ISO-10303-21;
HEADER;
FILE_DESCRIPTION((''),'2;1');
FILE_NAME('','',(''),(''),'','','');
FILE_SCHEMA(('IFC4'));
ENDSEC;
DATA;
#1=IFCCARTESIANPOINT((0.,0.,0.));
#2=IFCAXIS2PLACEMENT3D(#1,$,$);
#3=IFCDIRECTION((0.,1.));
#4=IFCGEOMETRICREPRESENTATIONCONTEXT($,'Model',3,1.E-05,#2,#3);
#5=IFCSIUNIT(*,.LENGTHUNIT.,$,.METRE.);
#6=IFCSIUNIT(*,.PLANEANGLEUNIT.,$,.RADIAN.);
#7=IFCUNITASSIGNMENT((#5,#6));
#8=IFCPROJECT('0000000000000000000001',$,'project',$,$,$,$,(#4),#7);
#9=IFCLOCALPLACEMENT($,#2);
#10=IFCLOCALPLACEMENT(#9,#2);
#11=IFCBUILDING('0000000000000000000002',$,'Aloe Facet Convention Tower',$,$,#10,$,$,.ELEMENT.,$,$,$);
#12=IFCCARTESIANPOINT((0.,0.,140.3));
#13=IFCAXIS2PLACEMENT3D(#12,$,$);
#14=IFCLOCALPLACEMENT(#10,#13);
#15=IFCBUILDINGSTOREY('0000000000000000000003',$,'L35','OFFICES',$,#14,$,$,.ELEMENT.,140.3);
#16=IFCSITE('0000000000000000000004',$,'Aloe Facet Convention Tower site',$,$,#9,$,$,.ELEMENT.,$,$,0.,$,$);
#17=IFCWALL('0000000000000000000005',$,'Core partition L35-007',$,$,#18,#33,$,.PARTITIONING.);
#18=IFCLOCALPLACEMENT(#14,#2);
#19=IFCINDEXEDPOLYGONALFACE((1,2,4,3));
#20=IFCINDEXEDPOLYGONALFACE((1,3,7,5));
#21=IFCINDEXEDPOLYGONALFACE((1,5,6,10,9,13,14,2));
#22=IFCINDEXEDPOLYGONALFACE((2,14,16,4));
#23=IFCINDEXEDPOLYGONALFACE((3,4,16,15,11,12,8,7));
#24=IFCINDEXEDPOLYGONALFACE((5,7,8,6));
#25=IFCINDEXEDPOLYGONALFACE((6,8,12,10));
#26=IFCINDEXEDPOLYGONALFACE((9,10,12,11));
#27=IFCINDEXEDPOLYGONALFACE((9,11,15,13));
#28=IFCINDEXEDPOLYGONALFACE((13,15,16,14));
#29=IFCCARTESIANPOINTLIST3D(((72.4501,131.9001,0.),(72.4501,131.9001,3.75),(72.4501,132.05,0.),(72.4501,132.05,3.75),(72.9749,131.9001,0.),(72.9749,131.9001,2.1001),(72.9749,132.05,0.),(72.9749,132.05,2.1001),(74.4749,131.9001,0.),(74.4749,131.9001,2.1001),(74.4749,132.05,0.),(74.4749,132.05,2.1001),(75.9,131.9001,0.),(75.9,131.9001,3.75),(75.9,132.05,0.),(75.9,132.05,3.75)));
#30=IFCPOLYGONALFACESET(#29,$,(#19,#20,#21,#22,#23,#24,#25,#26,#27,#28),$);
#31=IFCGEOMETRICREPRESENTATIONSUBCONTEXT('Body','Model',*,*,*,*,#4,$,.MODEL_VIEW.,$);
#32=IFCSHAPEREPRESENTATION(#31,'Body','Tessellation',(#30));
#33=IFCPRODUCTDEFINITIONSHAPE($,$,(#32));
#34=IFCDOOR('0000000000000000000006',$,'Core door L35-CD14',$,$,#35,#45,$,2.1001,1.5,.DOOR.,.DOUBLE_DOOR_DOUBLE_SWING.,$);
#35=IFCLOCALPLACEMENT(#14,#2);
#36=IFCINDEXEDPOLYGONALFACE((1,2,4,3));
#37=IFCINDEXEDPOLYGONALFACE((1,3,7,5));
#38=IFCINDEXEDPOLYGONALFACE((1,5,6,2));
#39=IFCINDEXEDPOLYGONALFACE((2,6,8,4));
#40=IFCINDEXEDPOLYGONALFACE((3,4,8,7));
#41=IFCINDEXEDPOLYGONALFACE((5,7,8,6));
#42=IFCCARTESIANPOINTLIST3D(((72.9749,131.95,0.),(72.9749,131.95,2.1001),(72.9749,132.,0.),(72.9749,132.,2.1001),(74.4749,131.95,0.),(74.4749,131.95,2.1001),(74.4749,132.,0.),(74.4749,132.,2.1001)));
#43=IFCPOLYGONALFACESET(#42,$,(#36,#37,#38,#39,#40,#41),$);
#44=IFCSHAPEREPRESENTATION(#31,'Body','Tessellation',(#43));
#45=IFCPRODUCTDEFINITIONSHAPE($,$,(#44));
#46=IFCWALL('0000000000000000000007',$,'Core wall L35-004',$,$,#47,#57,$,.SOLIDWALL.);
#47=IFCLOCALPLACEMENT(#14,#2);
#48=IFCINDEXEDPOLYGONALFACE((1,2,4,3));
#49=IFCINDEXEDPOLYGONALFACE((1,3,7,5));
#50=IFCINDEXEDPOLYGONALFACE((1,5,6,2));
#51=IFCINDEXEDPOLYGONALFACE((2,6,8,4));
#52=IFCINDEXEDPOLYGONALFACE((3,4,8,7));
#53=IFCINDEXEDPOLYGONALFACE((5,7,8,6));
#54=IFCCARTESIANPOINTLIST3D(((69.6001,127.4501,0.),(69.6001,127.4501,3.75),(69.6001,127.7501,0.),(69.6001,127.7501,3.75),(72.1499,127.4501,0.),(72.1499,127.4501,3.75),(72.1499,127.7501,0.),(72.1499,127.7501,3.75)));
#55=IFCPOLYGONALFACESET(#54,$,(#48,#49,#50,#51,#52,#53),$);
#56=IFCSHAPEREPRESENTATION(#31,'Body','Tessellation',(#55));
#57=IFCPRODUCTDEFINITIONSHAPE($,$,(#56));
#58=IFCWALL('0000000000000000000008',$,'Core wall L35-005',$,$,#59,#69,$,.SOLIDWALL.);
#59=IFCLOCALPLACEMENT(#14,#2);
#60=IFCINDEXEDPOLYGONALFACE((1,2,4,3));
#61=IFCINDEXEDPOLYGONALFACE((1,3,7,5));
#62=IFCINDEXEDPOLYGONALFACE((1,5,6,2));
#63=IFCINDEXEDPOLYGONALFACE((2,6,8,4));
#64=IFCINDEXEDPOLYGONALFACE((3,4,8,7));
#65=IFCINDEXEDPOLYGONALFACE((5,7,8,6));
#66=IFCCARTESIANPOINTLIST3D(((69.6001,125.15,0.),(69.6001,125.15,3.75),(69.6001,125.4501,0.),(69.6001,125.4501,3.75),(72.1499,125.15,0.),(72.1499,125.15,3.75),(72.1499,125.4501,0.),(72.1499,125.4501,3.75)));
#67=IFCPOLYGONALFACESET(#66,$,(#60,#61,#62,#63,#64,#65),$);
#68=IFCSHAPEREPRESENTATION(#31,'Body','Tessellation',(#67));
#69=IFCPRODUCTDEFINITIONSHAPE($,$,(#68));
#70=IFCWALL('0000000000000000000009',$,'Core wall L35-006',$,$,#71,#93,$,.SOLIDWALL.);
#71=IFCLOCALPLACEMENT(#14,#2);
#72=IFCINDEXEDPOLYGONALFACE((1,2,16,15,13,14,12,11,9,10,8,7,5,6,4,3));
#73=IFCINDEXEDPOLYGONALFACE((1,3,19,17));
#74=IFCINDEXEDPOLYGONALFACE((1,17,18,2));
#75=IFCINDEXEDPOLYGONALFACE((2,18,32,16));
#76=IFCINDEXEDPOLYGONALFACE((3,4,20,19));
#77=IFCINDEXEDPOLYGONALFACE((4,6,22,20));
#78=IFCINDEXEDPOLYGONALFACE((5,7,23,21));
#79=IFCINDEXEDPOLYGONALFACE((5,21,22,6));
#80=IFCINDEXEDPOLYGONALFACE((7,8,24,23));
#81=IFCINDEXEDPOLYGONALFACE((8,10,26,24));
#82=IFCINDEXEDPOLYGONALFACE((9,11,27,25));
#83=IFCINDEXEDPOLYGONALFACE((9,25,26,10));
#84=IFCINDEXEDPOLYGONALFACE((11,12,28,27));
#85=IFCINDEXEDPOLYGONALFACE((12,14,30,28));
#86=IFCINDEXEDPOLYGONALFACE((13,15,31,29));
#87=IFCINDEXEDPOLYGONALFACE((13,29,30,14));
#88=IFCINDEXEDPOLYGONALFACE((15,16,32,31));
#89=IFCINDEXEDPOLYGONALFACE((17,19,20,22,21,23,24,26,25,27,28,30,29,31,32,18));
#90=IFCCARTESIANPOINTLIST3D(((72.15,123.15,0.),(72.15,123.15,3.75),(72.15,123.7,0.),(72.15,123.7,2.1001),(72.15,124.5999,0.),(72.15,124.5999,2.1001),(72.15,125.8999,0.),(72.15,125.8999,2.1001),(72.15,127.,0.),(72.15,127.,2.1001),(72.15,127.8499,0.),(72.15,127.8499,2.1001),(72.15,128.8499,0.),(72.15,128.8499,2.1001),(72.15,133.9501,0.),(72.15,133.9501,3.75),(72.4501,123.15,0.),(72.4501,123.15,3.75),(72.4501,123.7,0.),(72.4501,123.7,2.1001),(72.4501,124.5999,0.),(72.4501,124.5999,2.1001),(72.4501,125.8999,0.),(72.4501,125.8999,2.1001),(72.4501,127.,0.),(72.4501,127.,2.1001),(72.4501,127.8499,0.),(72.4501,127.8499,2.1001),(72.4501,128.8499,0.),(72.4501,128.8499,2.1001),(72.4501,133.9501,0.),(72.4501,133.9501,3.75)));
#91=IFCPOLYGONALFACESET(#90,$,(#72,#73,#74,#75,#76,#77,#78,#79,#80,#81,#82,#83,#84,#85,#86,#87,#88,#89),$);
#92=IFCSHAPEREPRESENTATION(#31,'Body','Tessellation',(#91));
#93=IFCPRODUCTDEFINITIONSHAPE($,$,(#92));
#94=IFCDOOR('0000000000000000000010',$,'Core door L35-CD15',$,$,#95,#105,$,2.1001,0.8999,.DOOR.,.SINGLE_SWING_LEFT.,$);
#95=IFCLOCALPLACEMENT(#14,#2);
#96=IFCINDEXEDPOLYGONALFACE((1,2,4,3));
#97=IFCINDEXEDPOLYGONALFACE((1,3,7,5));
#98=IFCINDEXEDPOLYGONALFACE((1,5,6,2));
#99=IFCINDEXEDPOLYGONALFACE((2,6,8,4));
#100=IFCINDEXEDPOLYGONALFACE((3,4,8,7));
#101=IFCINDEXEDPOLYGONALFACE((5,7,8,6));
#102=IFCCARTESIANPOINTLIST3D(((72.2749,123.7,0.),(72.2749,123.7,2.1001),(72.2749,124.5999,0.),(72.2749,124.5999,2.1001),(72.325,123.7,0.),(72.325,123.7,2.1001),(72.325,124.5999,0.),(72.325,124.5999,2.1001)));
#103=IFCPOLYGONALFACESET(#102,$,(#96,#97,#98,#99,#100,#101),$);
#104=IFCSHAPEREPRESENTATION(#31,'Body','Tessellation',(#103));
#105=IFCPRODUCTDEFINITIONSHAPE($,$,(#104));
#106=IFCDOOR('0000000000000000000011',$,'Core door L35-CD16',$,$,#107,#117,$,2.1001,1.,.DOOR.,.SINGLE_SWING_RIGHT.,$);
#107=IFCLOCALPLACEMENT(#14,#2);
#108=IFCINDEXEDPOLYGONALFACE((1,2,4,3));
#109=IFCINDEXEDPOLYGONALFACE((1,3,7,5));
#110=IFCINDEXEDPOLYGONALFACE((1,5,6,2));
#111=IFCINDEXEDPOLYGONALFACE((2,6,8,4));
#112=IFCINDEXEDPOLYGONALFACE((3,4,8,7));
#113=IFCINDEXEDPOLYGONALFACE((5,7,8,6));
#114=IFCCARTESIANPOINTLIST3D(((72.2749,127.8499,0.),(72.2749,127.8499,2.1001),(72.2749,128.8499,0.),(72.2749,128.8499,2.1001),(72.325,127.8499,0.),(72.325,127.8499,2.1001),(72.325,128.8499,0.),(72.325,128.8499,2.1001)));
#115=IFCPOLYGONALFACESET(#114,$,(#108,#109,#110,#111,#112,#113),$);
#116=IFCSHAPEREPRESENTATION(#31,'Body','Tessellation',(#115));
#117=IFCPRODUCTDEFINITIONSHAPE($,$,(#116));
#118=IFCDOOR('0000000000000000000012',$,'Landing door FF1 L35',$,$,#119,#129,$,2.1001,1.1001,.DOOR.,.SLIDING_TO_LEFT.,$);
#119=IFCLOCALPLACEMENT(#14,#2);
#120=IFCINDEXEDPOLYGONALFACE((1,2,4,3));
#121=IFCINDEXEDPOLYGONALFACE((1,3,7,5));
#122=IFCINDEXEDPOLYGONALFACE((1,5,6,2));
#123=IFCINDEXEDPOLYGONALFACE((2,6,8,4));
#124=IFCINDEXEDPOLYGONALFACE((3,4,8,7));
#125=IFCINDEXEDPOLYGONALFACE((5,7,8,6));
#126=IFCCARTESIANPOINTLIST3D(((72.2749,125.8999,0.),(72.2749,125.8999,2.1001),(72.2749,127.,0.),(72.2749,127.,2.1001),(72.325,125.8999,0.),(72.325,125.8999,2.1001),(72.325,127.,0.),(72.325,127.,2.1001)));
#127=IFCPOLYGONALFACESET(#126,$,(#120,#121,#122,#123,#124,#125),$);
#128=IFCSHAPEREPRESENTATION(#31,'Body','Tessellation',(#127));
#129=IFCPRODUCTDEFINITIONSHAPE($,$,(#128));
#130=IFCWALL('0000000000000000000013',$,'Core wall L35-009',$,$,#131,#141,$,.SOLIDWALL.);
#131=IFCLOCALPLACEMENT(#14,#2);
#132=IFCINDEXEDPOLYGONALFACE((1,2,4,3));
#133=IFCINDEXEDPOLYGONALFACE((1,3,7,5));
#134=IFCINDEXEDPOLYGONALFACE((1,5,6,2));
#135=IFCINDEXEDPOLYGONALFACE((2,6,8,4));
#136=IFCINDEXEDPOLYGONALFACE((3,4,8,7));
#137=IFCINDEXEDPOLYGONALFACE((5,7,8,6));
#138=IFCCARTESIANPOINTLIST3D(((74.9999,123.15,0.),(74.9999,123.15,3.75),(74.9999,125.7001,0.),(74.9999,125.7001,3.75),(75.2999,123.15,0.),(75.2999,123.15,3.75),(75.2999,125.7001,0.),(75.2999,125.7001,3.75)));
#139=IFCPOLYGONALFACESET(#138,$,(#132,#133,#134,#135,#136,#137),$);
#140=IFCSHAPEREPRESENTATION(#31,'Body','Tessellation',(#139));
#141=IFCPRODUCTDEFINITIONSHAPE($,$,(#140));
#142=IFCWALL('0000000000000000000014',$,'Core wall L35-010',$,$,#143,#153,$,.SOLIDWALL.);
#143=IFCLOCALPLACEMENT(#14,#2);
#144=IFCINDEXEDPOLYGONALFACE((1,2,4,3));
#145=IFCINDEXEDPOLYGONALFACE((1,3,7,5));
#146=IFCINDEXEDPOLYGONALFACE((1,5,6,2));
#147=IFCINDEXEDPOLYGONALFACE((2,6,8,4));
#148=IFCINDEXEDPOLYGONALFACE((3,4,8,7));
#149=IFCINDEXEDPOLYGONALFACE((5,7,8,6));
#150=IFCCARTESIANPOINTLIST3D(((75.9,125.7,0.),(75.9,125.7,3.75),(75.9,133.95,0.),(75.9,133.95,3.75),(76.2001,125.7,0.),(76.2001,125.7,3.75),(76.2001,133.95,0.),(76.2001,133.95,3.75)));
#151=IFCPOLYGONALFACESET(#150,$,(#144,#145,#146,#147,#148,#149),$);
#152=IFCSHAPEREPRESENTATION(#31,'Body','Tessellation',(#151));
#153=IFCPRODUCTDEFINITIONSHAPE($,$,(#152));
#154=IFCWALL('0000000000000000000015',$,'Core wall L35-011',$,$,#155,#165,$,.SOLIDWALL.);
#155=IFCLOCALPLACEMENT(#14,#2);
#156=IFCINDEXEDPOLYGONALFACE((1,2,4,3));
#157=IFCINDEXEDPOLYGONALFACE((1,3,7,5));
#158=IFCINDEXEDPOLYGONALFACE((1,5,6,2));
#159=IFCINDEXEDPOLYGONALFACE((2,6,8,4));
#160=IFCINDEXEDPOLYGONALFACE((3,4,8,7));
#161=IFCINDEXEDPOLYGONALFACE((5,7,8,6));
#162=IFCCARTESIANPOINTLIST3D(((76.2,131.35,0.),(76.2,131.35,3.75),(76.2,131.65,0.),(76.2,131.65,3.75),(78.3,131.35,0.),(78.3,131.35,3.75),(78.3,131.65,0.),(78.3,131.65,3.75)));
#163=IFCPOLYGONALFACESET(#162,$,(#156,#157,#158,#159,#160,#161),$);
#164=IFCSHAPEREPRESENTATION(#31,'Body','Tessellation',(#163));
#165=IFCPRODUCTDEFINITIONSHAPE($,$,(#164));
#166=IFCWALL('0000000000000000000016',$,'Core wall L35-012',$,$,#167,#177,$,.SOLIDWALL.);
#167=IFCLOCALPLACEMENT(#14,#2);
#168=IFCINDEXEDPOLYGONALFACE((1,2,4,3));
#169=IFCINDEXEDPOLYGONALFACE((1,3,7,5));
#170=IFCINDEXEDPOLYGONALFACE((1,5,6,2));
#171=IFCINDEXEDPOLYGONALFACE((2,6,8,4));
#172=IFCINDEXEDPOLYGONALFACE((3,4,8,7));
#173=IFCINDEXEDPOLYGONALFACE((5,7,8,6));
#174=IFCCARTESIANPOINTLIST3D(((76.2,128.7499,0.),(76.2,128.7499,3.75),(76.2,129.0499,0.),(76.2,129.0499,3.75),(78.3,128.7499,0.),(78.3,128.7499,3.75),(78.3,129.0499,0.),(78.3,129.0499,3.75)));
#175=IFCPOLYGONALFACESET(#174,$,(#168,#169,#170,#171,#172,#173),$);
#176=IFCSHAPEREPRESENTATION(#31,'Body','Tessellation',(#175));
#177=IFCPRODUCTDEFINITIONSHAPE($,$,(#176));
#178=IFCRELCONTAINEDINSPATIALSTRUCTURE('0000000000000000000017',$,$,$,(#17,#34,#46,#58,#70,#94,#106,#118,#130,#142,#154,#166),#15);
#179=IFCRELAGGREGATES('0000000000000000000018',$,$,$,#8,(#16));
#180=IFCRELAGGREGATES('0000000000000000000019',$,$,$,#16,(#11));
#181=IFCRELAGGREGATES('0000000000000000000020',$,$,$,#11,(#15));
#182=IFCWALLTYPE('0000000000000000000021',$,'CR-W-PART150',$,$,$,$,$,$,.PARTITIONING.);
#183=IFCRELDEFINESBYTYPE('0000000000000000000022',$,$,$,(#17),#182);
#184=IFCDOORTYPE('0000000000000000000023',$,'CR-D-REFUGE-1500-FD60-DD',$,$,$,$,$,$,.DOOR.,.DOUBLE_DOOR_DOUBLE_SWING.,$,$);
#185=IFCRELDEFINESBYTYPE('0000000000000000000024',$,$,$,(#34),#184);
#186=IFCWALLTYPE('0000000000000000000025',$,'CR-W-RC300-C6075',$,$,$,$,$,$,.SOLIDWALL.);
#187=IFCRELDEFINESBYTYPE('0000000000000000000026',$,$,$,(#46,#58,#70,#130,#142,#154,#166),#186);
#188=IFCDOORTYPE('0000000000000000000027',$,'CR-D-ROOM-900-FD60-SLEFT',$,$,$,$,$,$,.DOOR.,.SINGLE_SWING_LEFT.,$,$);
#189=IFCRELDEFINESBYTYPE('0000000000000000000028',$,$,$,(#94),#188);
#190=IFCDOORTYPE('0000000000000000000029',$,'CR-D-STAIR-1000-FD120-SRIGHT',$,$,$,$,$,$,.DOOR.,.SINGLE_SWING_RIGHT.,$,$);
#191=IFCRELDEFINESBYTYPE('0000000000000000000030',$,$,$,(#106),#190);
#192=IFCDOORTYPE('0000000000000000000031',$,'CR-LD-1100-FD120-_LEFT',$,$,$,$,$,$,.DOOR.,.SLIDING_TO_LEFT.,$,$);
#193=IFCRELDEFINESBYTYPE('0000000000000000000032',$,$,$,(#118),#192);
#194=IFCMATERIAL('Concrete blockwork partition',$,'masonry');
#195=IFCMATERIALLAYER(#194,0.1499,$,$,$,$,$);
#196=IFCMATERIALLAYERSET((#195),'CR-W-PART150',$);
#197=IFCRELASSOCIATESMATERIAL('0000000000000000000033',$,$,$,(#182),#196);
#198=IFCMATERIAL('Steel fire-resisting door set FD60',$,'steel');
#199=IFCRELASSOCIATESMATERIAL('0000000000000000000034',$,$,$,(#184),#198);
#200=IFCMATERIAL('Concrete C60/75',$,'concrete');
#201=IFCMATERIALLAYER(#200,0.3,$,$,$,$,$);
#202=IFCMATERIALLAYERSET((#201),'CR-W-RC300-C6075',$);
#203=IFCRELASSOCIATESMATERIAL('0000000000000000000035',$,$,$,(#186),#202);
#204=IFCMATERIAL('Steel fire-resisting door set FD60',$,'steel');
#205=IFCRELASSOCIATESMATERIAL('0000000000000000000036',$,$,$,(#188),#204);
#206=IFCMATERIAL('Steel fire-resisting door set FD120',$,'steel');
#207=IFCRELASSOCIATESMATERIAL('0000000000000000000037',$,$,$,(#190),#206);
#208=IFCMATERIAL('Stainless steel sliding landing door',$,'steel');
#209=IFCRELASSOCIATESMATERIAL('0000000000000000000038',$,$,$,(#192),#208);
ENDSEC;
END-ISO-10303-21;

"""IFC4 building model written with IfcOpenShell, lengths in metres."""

from ifc_helpers import new_model, si_unit, direction, frame, frame_2d, origin, place, context, subcontext, project, spatial, rectangle, extrude, material, layer, layer_set, type_object, element, fill, save


model = new_model("IFC4")

# Units and contexts
model_context = context("Model", 3, precision=1e-05, world=origin(), true_north=direction((0.0, 1.0)))
body_context = subcontext(model_context, "Body", "Model", "MODEL_VIEW")
ifc_project = project(units=[si_unit("LENGTHUNIT", "METRE"), si_unit("PLANEANGLEUNIT", "RADIAN")], contexts=[model_context])

# Site, building, storey
site_placement = place(None, origin())
site = spatial("IfcSite", under=ifc_project, at=site_placement, Name="Aloe Facet Convention Tower site", CompositionType="ELEMENT", RefElevation=0.0)
building_placement = place(site_placement, origin())
building = spatial("IfcBuilding", under=site, at=building_placement, Name="Aloe Facet Convention Tower", CompositionType="ELEMENT")
storey_placement = place(building_placement, frame((0.0, 0.0, 140.3)))
storey = spatial("IfcBuildingStorey", under=building, at=storey_placement, Name="L35", Description="OFFICES", CompositionType="ELEMENT", Elevation=140.3)

# Wall, opening, door
ifc_material_1 = material(Name="Concrete blockwork partition", Category="masonry")
ifc_layer_1 = layer(ifc_material_1, 0.1499)
ifc_layer_set_1 = layer_set([ifc_layer_1], Name="CR-W-PART150")
wall_type_1 = type_object("IfcWallType", Name="CR-W-PART150", PredefinedType="PARTITIONING", material=ifc_layer_set_1)
wall_1_placement = place(storey_placement, frame((72.45, 131.9751, 0.0), z_axis=(0.0, 0.0, 1.0), x_axis=(1.0, 0.0, 0.0)))
wall_1 = element("IfcWall", 1, at=wall_1_placement, inside=storey, type_object=wall_type_1, Name="Core partition L35-007", PredefinedType="PARTITIONING", context=body_context, shape_type="SweptSolid", body=[
    extrude(rectangle(XDim=3.45, YDim=0.1499, at=frame_2d((1.7251, 0.0))), origin(), (0.0, 0.0, 1.0), 3.75),
])
opening_1_placement = place(wall_1_placement, frame((0.5249, 0.0, 0.0)))
opening_1 = element("IfcOpeningElement", 2, at=opening_1_placement, cuts=wall_1, PredefinedType="OPENING", context=body_context, shape_type="SweptSolid", body=[
    extrude(rectangle(XDim=1.5, YDim=2.1001, at=frame_2d((0.75, 1.05))), frame((0.0, 0.085, 0.0), z_axis=(0.0, -1.0, 0.0), x_axis=(1.0, 0.0, 0.0)), (0.0, 0.0, 1.0), 0.1699),
])
ifc_material_2 = material(Name="Steel fire-resisting door set FD60", Category="steel")
door_type_1 = type_object("IfcDoorType", Name="CR-D-REFUGE-1500-FD60-DD", OperationType="DOUBLE_DOOR_DOUBLE_SWING", PredefinedType="DOOR", material=ifc_material_2)
door_1_placement = place(opening_1_placement, origin())
door_1 = element("IfcDoor", 3, at=door_1_placement, inside=storey, type_object=door_type_1, Name="Core door L35-CD14", OperationType="DOUBLE_DOOR_DOUBLE_SWING", OverallHeight=2.1001, OverallWidth=1.5, PredefinedType="DOOR", context=body_context, shape_type="SweptSolid", body=[
    extrude(rectangle(XDim=1.5, YDim=2.1001, at=frame_2d((0.75, 1.05))), frame((0.0, 0.0249, 0.0), z_axis=(0.0, -1.0, 0.0), x_axis=(1.0, 0.0, 0.0)), (0.0, 0.0, 1.0), 0.05),
])
fill(opening_1, door_1)

# Walls
ifc_material_3 = material(Name="Concrete C60/75", Category="concrete")
ifc_layer_2 = layer(ifc_material_3, 0.3)
ifc_layer_set_2 = layer_set([ifc_layer_2], Name="CR-W-RC300-C6075")
wall_type_2 = type_object("IfcWallType", Name="CR-W-RC300-C6075", PredefinedType="SOLIDWALL", material=ifc_layer_set_2)
for number, where, z_axis, x_axis, name in (
    (4, (69.6001, 127.6001, 0.0), (0.0, 0.0, 1.0), (1.0, 0.0, 0.0), "Core wall L35-004"),
    (5, (69.6001, 125.3, 0.0), (0.0, 0.0, 1.0), (1.0, 0.0, 0.0), "Core wall L35-005"),
):
    element("IfcWall", number, at=place(storey_placement, frame(where, z_axis=z_axis, x_axis=x_axis)), inside=storey, type_object=wall_type_2, Name=name, PredefinedType="SOLIDWALL", context=body_context, shape_type="SweptSolid", body=[
        extrude(rectangle(XDim=2.5498, YDim=0.3, at=frame_2d((1.2749, 0.0))), origin(), (0.0, 0.0, 1.0), 3.75),
    ])

# Wall, openings, doors
wall_2_placement = place(storey_placement, frame((72.3, 133.95, 0.0), z_axis=(0.0, 0.0, 1.0), x_axis=(0.0, -1.0, 0.0)))
wall_2 = element("IfcWall", 6, at=wall_2_placement, inside=storey, type_object=wall_type_2, Name="Core wall L35-006", PredefinedType="SOLIDWALL", context=body_context, shape_type="SweptSolid", body=[
    extrude(rectangle(XDim=10.8, YDim=0.3, at=frame_2d((5.3999, 0.0))), origin(), (0.0, 0.0, 1.0), 3.75),
])
opening_2_placement = place(wall_2_placement, frame((6.95, 0.0, 0.0)))
opening_2 = element("IfcOpeningElement", 7, at=opening_2_placement, cuts=wall_2, PredefinedType="OPENING", context=body_context, shape_type="SweptSolid", body=[
    extrude(rectangle(XDim=1.1001, YDim=2.1001, at=frame_2d((0.55, 1.05))), frame((0.0, 0.1602, 0.0), z_axis=(0.0, -1.0, 0.0), x_axis=(1.0, 0.0, 0.0)), (0.0, 0.0, 1.0), 0.3201),
])
opening_3_placement = place(wall_2_placement, frame((9.3501, 0.0, 0.0)))
opening_3 = element("IfcOpeningElement", 8, at=opening_3_placement, cuts=wall_2, PredefinedType="OPENING", context=body_context, shape_type="SweptSolid", body=[
    extrude(rectangle(XDim=0.8999, YDim=2.1001, at=frame_2d((0.45, 1.05))), frame((0.0, 0.1602, 0.0), z_axis=(0.0, -1.0, 0.0), x_axis=(1.0, 0.0, 0.0)), (0.0, 0.0, 1.0), 0.3201),
])
opening_4_placement = place(wall_2_placement, frame((5.1001, 0.0, 0.0)))
opening_4 = element("IfcOpeningElement", 9, at=opening_4_placement, cuts=wall_2, PredefinedType="OPENING", context=body_context, shape_type="SweptSolid", body=[
    extrude(rectangle(XDim=1.0, YDim=2.1001, at=frame_2d((0.5, 1.05))), frame((0.0, 0.1602, 0.0), z_axis=(0.0, -1.0, 0.0), x_axis=(1.0, 0.0, 0.0)), (0.0, 0.0, 1.0), 0.3201),
])
ifc_material_4 = material(Name="Steel fire-resisting door set FD60", Category="steel")
door_type_2 = type_object("IfcDoorType", Name="CR-D-ROOM-900-FD60-SLEFT", OperationType="SINGLE_SWING_LEFT", PredefinedType="DOOR", material=ifc_material_4)
door_2_placement = place(opening_3_placement, origin())
door_2 = element("IfcDoor", 10, at=door_2_placement, inside=storey, type_object=door_type_2, Name="Core door L35-CD15", OperationType="SINGLE_SWING_LEFT", OverallHeight=2.1001, OverallWidth=0.8999, PredefinedType="DOOR", context=body_context, shape_type="SweptSolid", body=[
    extrude(rectangle(XDim=0.8999, YDim=2.1001, at=frame_2d((0.45, 1.05))), frame((0.0, 0.0249, 0.0), z_axis=(0.0, -1.0, 0.0), x_axis=(1.0, 0.0, 0.0)), (0.0, 0.0, 1.0), 0.05),
])
fill(opening_3, door_2)
ifc_material_5 = material(Name="Steel fire-resisting door set FD120", Category="steel")
door_type_3 = type_object("IfcDoorType", Name="CR-D-STAIR-1000-FD120-SRIGHT", OperationType="SINGLE_SWING_RIGHT", PredefinedType="DOOR", material=ifc_material_5)
door_3_placement = place(opening_4_placement, origin())
door_3 = element("IfcDoor", 11, at=door_3_placement, inside=storey, type_object=door_type_3, Name="Core door L35-CD16", OperationType="SINGLE_SWING_RIGHT", OverallHeight=2.1001, OverallWidth=1.0, PredefinedType="DOOR", context=body_context, shape_type="SweptSolid", body=[
    extrude(rectangle(XDim=1.0, YDim=2.1001, at=frame_2d((0.5, 1.05))), frame((0.0, 0.0249, 0.0), z_axis=(0.0, -1.0, 0.0), x_axis=(1.0, 0.0, 0.0)), (0.0, 0.0, 1.0), 0.05),
])
fill(opening_4, door_3)
ifc_material_6 = material(Name="Stainless steel sliding landing door", Category="steel")
door_type_4 = type_object("IfcDoorType", Name="CR-LD-1100-FD120-_LEFT", OperationType="SLIDING_TO_LEFT", PredefinedType="DOOR", material=ifc_material_6)
door_4_placement = place(opening_2_placement, origin())
door_4 = element("IfcDoor", 12, at=door_4_placement, inside=storey, type_object=door_type_4, Name="Landing door FF1 L35", OperationType="SLIDING_TO_LEFT", OverallHeight=2.1001, OverallWidth=1.1001, PredefinedType="DOOR", context=body_context, shape_type="SweptSolid", body=[
    extrude(rectangle(XDim=1.1001, YDim=2.1001, at=frame_2d((0.55, 1.05))), frame((0.0, 0.0249, 0.0), z_axis=(0.0, -1.0, 0.0), x_axis=(1.0, 0.0, 0.0)), (0.0, 0.0, 1.0), 0.05),
])
fill(opening_2, door_4)

# Walls
wall_3_placement = place(storey_placement, frame((75.1499, 125.7, 0.0), z_axis=(0.0, 0.0, 1.0), x_axis=(0.0, -1.0, 0.0)))
element("IfcWall", 13, at=wall_3_placement, inside=storey, type_object=wall_type_2, Name="Core wall L35-009", PredefinedType="SOLIDWALL", context=body_context, shape_type="SweptSolid", body=[
    extrude(rectangle(XDim=2.55, YDim=0.3, at=frame_2d((1.2749, 0.0))), origin(), (0.0, 0.0, 1.0), 3.75),
])
wall_4_placement = place(storey_placement, frame((76.05, 133.95, 0.0), z_axis=(0.0, 0.0, 1.0), x_axis=(0.0, -1.0, 0.0)))
element("IfcWall", 14, at=wall_4_placement, inside=storey, type_object=wall_type_2, Name="Core wall L35-010", PredefinedType="SOLIDWALL", context=body_context, shape_type="SweptSolid", body=[
    extrude(rectangle(XDim=8.25, YDim=0.3, at=frame_2d((4.125, 0.0))), origin(), (0.0, 0.0, 1.0), 3.75),
])
for number, where, z_axis, x_axis, name in (
    (15, (76.2, 131.5, 0.0), (0.0, 0.0, 1.0), (1.0, 0.0, 0.0), "Core wall L35-011"),
    (16, (76.2, 128.8999, 0.0), (0.0, 0.0, 1.0), (1.0, 0.0, 0.0), "Core wall L35-012"),
):
    element("IfcWall", number, at=place(storey_placement, frame(where, z_axis=z_axis, x_axis=x_axis)), inside=storey, type_object=wall_type_2, Name=name, PredefinedType="SOLIDWALL", context=body_context, shape_type="SweptSolid", body=[
        extrude(rectangle(XDim=2.1001, YDim=0.3, at=frame_2d((1.05, 0.0))), origin(), (0.0, 0.0, 1.0), 3.75),
    ])

save(model, "model.ifc")
